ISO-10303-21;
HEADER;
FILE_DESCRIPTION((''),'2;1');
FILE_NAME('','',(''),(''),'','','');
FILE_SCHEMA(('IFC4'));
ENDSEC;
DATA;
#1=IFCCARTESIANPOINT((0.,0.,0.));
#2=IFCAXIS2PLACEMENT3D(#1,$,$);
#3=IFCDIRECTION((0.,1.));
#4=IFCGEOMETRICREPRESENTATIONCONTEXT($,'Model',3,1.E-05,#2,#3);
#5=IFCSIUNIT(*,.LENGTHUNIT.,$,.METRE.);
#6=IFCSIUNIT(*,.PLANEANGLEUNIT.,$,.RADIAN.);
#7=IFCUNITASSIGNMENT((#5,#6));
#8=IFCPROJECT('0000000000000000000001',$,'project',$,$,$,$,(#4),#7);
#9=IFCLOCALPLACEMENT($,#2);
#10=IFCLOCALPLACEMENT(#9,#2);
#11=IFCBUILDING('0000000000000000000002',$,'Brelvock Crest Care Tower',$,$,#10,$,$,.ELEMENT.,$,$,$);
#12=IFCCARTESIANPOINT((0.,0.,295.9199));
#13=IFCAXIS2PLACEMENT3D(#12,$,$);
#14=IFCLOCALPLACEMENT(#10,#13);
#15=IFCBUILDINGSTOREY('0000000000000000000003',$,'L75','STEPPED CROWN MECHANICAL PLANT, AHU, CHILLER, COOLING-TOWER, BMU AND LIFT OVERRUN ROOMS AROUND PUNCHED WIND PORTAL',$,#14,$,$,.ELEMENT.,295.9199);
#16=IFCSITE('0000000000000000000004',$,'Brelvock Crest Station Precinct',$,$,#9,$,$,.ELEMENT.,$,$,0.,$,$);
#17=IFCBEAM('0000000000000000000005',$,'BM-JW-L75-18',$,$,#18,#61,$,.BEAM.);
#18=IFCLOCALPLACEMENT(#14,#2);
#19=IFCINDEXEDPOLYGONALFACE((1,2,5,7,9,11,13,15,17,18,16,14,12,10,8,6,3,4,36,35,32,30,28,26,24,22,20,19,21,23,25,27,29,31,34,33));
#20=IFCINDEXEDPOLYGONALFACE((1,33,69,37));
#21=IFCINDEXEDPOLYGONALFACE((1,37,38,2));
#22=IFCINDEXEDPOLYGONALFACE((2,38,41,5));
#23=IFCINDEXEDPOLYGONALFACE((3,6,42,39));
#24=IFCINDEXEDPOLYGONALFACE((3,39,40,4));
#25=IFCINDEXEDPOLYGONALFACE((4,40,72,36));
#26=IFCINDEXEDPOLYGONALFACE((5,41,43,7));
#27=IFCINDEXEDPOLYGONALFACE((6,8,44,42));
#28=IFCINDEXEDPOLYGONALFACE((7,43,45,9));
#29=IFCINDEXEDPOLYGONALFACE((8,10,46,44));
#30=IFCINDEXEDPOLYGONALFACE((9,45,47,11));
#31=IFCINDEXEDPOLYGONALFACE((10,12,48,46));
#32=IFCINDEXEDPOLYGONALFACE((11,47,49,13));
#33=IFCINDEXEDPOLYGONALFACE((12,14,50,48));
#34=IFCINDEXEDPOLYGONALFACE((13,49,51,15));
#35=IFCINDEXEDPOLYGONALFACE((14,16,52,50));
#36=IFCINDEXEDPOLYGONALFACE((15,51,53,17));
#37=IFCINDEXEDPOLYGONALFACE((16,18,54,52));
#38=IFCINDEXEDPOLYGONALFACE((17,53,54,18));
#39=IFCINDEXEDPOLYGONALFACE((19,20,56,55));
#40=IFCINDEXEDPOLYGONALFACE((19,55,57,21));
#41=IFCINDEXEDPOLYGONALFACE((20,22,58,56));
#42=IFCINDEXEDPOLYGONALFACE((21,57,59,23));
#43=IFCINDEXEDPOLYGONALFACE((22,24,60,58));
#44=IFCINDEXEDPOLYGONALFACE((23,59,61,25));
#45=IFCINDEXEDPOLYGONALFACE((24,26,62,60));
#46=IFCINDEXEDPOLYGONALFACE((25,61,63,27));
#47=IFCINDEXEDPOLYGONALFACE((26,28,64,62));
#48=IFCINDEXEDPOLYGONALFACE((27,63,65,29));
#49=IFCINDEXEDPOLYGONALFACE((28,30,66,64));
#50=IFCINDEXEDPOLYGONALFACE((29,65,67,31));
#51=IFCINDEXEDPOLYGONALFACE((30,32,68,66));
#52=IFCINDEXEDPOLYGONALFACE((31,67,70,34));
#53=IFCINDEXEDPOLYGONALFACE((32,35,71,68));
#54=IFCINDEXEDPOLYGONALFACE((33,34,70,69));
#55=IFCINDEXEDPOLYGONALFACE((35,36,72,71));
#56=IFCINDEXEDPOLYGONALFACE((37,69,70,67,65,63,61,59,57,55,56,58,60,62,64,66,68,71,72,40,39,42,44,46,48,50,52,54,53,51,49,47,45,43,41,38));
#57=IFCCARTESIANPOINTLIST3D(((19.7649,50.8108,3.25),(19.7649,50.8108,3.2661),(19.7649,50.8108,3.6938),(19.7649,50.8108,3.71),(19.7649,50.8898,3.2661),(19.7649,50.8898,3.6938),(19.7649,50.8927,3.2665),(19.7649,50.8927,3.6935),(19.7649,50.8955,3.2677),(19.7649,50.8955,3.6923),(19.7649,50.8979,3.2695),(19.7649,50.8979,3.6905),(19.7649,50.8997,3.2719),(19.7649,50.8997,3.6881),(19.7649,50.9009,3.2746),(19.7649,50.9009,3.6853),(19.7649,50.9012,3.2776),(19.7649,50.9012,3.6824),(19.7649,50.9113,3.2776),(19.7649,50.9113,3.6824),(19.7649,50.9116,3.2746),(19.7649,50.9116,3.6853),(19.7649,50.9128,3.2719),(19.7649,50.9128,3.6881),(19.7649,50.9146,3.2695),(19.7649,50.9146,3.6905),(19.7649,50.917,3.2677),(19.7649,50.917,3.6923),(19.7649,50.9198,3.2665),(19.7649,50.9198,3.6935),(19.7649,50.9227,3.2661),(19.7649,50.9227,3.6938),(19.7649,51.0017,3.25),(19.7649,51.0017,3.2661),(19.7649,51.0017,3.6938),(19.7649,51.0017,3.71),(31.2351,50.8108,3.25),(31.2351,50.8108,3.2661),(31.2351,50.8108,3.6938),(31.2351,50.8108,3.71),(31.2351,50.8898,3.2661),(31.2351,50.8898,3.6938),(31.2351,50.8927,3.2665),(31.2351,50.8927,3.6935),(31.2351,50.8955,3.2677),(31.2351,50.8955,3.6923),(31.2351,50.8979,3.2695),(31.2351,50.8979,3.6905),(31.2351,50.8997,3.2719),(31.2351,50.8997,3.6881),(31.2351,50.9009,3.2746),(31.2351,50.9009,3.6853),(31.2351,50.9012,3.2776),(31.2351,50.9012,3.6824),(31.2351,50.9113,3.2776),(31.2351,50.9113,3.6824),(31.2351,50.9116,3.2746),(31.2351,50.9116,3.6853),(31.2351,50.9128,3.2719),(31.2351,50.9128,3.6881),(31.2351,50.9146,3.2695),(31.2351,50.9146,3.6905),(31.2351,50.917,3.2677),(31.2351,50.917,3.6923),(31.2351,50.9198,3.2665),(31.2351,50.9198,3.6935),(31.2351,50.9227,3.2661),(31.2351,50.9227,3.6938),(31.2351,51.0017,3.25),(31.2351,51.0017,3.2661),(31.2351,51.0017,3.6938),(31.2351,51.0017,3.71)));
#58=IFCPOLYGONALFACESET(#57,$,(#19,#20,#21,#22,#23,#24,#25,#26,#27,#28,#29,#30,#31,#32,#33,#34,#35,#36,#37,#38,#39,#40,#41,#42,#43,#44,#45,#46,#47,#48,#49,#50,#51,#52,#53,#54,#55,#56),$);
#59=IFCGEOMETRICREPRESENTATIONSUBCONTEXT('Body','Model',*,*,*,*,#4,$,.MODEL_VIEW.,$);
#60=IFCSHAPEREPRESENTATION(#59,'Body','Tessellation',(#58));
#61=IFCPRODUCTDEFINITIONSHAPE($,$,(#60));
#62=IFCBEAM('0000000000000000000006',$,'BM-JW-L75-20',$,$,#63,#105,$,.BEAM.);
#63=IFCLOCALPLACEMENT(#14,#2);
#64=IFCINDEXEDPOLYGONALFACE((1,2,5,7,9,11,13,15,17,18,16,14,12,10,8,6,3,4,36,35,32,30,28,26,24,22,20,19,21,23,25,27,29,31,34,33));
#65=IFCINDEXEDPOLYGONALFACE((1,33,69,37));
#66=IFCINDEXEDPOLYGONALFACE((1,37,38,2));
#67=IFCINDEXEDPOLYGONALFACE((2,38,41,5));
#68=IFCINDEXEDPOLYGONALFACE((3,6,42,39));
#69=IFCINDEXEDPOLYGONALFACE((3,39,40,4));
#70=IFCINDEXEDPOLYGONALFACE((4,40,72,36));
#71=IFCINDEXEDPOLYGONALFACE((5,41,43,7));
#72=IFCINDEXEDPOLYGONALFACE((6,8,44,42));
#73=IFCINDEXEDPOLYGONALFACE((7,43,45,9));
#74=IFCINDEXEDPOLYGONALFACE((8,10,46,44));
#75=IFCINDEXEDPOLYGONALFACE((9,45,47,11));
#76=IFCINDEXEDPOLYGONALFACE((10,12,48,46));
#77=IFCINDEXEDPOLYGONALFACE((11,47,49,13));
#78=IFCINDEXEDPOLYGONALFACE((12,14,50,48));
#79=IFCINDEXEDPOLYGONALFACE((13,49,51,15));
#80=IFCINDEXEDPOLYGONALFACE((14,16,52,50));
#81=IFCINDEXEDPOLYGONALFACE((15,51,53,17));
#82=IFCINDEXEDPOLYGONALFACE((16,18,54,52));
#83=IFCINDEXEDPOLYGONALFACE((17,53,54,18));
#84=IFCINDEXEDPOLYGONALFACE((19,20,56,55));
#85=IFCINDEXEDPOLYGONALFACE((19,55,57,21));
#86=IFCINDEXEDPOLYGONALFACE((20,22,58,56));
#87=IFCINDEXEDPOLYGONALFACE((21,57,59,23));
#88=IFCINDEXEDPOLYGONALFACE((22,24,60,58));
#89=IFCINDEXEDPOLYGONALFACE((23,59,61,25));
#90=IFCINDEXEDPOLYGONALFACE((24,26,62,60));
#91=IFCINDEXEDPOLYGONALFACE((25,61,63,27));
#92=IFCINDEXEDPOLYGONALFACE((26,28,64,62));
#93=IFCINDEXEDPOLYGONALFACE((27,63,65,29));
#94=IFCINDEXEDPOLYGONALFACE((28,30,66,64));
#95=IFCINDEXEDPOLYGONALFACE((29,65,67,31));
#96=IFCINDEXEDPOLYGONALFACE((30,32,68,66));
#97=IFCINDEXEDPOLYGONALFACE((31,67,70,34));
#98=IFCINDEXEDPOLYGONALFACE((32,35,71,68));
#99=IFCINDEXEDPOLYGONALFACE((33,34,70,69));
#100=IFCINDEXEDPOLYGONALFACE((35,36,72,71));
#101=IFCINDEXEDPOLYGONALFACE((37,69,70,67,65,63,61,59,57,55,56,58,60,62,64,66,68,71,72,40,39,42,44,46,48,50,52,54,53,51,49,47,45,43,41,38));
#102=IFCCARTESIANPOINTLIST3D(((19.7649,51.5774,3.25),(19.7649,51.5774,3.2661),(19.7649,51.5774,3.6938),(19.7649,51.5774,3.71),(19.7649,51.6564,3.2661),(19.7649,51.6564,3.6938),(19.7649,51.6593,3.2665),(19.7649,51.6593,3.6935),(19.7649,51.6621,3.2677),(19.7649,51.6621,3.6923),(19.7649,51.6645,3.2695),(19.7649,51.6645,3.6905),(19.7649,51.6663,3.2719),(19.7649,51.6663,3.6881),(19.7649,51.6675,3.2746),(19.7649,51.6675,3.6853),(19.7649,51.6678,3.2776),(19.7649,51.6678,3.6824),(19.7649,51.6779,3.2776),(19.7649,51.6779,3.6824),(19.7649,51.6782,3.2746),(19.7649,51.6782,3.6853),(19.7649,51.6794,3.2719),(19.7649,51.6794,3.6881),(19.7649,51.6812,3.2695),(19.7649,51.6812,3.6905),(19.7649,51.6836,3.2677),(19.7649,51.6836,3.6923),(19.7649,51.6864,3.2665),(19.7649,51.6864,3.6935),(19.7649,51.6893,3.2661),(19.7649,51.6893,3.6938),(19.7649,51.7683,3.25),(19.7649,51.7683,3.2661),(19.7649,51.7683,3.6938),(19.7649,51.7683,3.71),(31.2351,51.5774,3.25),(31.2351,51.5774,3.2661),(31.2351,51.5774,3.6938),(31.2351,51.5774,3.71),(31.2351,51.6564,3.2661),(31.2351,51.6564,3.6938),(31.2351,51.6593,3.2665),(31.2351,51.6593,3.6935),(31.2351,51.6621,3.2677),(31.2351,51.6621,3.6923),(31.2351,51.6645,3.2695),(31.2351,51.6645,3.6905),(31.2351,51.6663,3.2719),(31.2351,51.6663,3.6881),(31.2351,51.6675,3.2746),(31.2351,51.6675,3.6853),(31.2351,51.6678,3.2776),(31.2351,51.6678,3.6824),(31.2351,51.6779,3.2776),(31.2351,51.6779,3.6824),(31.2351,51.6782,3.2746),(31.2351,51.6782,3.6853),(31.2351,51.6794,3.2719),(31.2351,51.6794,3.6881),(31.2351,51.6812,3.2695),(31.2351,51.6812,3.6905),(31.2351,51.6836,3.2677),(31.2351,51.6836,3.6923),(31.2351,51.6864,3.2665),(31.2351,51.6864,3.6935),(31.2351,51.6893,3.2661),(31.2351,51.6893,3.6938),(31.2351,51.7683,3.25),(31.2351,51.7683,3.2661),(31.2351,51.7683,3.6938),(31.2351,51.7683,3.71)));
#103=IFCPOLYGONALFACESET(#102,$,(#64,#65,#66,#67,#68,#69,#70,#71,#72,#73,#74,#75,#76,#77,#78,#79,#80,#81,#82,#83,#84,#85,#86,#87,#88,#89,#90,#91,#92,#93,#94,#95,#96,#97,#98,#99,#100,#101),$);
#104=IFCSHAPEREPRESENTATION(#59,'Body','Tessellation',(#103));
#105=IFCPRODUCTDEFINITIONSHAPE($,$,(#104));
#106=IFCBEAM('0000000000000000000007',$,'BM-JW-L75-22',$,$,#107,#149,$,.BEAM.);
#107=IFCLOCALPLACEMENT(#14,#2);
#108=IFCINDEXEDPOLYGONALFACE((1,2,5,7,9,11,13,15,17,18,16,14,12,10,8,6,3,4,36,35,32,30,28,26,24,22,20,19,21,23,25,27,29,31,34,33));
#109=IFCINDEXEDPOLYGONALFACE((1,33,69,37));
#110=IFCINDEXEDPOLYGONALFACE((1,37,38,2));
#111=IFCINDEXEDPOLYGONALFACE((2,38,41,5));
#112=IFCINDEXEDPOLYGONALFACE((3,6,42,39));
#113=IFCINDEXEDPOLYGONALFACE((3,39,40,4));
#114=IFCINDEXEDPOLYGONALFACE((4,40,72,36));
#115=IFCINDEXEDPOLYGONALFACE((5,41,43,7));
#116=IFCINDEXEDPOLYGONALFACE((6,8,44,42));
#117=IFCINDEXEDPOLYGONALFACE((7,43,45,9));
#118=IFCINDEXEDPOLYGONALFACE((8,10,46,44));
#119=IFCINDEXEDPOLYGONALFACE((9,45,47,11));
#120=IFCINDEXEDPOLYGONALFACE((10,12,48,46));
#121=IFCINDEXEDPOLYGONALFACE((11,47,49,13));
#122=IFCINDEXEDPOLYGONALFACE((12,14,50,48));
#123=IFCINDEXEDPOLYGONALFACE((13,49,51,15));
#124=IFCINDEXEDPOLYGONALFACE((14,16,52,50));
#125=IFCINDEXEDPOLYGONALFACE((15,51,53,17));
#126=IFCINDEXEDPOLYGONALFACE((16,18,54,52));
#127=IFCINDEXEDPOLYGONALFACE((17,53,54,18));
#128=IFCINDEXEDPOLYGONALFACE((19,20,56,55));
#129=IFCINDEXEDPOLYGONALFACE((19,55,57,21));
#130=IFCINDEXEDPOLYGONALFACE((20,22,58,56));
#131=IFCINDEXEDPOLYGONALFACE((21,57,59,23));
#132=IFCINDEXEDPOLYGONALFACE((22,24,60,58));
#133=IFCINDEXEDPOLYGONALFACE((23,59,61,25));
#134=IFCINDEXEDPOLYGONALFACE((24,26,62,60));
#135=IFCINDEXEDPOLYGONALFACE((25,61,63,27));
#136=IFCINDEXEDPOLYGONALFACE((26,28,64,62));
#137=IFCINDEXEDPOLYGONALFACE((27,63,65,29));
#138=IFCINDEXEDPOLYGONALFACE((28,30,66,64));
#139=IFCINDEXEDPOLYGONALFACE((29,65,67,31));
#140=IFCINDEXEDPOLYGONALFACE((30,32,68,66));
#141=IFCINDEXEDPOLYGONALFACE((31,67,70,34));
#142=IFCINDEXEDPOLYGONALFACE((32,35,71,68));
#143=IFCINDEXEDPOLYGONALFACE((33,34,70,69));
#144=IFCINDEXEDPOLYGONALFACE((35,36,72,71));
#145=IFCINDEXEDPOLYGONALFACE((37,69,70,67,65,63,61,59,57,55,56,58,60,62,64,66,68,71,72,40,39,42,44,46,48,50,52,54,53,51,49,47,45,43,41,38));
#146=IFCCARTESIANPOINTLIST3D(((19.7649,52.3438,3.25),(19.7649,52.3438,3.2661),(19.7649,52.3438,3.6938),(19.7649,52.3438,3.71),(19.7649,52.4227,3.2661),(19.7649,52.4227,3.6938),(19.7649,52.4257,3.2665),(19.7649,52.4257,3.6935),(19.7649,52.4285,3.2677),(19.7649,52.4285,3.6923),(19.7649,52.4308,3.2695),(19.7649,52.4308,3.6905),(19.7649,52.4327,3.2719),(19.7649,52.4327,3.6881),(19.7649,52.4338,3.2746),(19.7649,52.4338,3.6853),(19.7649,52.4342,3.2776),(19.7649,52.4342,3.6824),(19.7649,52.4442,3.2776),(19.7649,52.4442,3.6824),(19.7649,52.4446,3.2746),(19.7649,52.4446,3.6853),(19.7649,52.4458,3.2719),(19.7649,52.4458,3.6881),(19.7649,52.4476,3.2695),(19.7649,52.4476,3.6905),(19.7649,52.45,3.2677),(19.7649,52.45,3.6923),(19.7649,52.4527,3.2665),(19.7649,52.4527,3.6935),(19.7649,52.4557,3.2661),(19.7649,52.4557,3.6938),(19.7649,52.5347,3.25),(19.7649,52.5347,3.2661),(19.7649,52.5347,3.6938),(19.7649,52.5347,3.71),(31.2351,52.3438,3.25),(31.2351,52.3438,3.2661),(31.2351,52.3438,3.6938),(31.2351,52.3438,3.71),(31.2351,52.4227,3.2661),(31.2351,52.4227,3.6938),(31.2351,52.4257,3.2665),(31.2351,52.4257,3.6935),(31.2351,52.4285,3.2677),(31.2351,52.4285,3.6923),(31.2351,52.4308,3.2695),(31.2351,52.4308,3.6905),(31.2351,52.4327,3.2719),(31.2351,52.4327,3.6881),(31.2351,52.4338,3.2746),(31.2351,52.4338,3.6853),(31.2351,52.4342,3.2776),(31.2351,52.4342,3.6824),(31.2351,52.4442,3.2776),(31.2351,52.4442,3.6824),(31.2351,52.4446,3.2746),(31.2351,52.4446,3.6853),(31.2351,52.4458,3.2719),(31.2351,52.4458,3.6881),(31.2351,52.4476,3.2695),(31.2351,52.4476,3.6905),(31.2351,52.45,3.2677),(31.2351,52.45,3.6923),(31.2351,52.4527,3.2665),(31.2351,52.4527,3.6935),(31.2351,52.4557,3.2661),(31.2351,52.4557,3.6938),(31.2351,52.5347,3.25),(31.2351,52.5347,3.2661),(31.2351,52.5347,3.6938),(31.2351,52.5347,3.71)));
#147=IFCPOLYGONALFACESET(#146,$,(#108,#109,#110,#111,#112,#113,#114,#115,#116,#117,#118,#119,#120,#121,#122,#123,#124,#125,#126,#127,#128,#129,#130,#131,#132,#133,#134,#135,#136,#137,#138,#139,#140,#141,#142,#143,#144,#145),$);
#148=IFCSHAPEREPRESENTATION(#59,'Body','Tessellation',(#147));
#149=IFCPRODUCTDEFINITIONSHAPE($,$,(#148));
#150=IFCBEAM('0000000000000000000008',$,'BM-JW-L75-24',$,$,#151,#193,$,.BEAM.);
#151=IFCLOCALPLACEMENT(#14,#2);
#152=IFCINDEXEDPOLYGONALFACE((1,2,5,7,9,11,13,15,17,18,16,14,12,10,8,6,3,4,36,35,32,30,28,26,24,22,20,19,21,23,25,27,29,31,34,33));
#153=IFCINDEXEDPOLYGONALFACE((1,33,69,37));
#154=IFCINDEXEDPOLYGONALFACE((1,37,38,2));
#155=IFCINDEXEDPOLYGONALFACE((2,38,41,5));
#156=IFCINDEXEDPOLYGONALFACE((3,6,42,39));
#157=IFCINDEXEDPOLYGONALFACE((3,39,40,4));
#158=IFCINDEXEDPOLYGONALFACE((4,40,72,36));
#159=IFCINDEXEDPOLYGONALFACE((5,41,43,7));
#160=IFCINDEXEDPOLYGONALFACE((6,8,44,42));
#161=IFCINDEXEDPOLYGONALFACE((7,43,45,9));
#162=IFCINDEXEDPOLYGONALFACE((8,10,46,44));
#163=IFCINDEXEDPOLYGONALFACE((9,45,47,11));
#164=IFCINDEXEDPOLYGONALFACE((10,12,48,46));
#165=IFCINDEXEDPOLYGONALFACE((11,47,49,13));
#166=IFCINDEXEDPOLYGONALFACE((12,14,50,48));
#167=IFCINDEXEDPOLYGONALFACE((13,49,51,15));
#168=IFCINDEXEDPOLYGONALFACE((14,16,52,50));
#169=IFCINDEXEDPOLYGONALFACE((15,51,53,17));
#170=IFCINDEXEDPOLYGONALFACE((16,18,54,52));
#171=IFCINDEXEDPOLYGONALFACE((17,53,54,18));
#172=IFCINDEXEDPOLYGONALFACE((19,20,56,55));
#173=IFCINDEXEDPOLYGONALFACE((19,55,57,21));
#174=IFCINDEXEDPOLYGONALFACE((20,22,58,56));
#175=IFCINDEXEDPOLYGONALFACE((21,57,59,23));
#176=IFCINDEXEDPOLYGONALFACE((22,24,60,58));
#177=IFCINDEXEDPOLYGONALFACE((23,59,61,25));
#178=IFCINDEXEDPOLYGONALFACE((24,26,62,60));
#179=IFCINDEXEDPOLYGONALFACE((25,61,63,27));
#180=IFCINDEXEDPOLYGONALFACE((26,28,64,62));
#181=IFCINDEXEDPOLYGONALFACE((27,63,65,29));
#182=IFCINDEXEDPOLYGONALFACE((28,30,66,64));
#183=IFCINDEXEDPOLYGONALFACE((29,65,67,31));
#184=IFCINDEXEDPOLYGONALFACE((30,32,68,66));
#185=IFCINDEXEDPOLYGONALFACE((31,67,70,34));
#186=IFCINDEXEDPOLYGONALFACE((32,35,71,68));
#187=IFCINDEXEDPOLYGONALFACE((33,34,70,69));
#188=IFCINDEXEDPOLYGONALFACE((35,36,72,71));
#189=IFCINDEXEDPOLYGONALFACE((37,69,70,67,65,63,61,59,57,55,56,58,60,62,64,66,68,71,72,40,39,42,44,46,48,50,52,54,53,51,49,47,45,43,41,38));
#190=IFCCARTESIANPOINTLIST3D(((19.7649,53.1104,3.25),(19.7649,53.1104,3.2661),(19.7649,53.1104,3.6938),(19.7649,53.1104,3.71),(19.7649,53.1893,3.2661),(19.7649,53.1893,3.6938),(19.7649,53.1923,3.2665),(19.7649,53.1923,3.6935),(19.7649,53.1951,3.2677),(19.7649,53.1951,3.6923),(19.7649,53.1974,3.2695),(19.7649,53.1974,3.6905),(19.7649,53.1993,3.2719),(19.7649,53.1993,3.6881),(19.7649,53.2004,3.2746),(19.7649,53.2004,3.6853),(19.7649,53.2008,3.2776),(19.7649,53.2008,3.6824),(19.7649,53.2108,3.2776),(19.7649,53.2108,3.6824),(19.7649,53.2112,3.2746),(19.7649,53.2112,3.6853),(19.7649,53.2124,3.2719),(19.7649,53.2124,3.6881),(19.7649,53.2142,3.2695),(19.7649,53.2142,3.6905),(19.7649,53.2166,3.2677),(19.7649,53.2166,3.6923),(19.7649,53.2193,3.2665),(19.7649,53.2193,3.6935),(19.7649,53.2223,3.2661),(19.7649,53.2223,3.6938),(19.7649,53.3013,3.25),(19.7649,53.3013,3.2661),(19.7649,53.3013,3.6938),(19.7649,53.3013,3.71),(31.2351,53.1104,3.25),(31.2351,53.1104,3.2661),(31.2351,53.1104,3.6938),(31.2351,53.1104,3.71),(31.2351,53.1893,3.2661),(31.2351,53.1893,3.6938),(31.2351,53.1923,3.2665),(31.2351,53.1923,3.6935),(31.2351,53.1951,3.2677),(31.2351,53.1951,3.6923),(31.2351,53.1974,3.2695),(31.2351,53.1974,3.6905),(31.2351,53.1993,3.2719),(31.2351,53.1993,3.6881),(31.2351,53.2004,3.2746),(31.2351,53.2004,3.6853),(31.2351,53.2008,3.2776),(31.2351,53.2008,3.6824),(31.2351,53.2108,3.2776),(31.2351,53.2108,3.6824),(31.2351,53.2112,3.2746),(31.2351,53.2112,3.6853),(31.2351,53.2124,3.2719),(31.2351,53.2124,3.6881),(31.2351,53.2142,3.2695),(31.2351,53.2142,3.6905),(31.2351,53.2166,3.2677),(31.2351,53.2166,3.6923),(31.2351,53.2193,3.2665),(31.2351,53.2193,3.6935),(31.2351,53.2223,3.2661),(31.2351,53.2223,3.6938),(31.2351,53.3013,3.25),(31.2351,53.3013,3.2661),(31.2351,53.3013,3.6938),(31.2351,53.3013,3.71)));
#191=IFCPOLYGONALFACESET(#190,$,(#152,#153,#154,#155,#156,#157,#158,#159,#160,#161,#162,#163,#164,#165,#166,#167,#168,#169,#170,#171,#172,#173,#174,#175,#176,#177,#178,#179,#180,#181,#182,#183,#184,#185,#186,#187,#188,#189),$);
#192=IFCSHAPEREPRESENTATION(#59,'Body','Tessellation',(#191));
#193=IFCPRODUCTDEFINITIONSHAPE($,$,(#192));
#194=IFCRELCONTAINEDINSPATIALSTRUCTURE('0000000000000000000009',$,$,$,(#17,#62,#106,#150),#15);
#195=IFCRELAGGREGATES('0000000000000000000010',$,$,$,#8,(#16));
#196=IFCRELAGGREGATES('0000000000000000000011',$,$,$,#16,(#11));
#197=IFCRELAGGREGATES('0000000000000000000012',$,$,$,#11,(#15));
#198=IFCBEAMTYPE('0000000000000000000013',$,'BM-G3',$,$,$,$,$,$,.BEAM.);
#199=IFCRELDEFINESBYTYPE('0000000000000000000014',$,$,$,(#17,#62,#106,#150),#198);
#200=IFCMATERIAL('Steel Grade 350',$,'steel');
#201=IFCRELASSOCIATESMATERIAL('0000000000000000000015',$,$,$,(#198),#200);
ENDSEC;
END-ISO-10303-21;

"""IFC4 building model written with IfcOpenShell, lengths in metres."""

from ifc_helpers import new_model, si_unit, direction, frame, origin, origin_2d, place, context, subcontext, project, spatial, i_section, extrude, source, transform, mapped, material, material_profile, profile_set, type_object, element, save


model = new_model("IFC4")

# Units and contexts
model_context = context("Model", 3, precision=1e-05, world=origin(), true_north=direction((0.0, 1.0)))
body_context = subcontext(model_context, "Body", "Model", "MODEL_VIEW")
ifc_project = project(units=[si_unit("LENGTHUNIT", "METRE"), si_unit("PLANEANGLEUNIT", "RADIAN")], contexts=[model_context])

# Site, building, storey
site_placement = place(None, origin())
site = spatial("IfcSite", under=ifc_project, at=site_placement, Name="Brelvock Crest Station Precinct", CompositionType="ELEMENT", RefElevation=0.0)
building_placement = place(site_placement, origin())
building = spatial("IfcBuilding", under=site, at=building_placement, Name="Brelvock Crest Care Tower", CompositionType="ELEMENT")
storey_placement = place(building_placement, frame((0.0, 0.0, 295.9199)))
storey = spatial("IfcBuildingStorey", under=building, at=storey_placement, Name="L75", Description="STEPPED CROWN MECHANICAL PLANT, AHU, CHILLER, COOLING-TOWER, BMU AND LIFT OVERRUN ROOMS AROUND PUNCHED WIND PORTAL", CompositionType="ELEMENT", Elevation=295.9199)

# Shared definitions
ifc_material_1 = material(Name="Steel Grade 350", Category="steel")

# Beams
ifc_material_profile_1 = material_profile(ifc_material_1, i_section(OverallWidth=0.1909, OverallDepth=0.46, WebThickness=0.01, FlangeThickness=0.0161, FilletRadius=0.0115, at=origin_2d()), Name="460UB82.1")
ifc_profile_set_1 = profile_set([ifc_material_profile_1], Name="Steel Grade 350")
beam_type_1 = type_object("IfcBeamType", Name="BM-G3", PredefinedType="BEAM", material=ifc_profile_set_1)
shared_shape_1 = source(origin(), body_context, "Body", "SweptSolid", [
    extrude(i_section(OverallWidth=0.1909, OverallDepth=0.46, WebThickness=0.01, FlangeThickness=0.0161, FilletRadius=0.0115, at=origin_2d()), origin(), (0.0, 0.0, 1.0), 11.4702),
])
for number, where, z_axis, x_axis, name in (
    (1, (19.7649, 50.9062, 3.48), (1.0, 0.0, 0.0), (0.0, 1.0, 0.0), "BM-JW-L75-18"),
    (2, (19.7649, 51.6729, 3.48), (1.0, 0.0, 0.0), (0.0, 1.0, 0.0), "BM-JW-L75-20"),
    (3, (19.7649, 52.4392, 3.48), (1.0, 0.0, 0.0), (0.0, 1.0, 0.0), "BM-JW-L75-22"),
    (4, (19.7649, 53.2058, 3.48), (1.0, 0.0, 0.0), (0.0, 1.0, 0.0), "BM-JW-L75-24"),
):
    element("IfcBeam", number, at=place(storey_placement, frame(where, z_axis=z_axis, x_axis=x_axis)), inside=storey, type_object=beam_type_1, Name=name, PredefinedType="BEAM", context=body_context, shape_type="MappedRepresentation", body=[
        mapped(shared_shape_1, transform((0.0, 0.0, 0.0), x_axis=(1.0, 0.0, 0.0), y_axis=(0.0, 1.0, 0.0), z_axis=(0.0, 0.0, 1.0), scale=1.0)),
    ])

save(model, "model.ifc")
